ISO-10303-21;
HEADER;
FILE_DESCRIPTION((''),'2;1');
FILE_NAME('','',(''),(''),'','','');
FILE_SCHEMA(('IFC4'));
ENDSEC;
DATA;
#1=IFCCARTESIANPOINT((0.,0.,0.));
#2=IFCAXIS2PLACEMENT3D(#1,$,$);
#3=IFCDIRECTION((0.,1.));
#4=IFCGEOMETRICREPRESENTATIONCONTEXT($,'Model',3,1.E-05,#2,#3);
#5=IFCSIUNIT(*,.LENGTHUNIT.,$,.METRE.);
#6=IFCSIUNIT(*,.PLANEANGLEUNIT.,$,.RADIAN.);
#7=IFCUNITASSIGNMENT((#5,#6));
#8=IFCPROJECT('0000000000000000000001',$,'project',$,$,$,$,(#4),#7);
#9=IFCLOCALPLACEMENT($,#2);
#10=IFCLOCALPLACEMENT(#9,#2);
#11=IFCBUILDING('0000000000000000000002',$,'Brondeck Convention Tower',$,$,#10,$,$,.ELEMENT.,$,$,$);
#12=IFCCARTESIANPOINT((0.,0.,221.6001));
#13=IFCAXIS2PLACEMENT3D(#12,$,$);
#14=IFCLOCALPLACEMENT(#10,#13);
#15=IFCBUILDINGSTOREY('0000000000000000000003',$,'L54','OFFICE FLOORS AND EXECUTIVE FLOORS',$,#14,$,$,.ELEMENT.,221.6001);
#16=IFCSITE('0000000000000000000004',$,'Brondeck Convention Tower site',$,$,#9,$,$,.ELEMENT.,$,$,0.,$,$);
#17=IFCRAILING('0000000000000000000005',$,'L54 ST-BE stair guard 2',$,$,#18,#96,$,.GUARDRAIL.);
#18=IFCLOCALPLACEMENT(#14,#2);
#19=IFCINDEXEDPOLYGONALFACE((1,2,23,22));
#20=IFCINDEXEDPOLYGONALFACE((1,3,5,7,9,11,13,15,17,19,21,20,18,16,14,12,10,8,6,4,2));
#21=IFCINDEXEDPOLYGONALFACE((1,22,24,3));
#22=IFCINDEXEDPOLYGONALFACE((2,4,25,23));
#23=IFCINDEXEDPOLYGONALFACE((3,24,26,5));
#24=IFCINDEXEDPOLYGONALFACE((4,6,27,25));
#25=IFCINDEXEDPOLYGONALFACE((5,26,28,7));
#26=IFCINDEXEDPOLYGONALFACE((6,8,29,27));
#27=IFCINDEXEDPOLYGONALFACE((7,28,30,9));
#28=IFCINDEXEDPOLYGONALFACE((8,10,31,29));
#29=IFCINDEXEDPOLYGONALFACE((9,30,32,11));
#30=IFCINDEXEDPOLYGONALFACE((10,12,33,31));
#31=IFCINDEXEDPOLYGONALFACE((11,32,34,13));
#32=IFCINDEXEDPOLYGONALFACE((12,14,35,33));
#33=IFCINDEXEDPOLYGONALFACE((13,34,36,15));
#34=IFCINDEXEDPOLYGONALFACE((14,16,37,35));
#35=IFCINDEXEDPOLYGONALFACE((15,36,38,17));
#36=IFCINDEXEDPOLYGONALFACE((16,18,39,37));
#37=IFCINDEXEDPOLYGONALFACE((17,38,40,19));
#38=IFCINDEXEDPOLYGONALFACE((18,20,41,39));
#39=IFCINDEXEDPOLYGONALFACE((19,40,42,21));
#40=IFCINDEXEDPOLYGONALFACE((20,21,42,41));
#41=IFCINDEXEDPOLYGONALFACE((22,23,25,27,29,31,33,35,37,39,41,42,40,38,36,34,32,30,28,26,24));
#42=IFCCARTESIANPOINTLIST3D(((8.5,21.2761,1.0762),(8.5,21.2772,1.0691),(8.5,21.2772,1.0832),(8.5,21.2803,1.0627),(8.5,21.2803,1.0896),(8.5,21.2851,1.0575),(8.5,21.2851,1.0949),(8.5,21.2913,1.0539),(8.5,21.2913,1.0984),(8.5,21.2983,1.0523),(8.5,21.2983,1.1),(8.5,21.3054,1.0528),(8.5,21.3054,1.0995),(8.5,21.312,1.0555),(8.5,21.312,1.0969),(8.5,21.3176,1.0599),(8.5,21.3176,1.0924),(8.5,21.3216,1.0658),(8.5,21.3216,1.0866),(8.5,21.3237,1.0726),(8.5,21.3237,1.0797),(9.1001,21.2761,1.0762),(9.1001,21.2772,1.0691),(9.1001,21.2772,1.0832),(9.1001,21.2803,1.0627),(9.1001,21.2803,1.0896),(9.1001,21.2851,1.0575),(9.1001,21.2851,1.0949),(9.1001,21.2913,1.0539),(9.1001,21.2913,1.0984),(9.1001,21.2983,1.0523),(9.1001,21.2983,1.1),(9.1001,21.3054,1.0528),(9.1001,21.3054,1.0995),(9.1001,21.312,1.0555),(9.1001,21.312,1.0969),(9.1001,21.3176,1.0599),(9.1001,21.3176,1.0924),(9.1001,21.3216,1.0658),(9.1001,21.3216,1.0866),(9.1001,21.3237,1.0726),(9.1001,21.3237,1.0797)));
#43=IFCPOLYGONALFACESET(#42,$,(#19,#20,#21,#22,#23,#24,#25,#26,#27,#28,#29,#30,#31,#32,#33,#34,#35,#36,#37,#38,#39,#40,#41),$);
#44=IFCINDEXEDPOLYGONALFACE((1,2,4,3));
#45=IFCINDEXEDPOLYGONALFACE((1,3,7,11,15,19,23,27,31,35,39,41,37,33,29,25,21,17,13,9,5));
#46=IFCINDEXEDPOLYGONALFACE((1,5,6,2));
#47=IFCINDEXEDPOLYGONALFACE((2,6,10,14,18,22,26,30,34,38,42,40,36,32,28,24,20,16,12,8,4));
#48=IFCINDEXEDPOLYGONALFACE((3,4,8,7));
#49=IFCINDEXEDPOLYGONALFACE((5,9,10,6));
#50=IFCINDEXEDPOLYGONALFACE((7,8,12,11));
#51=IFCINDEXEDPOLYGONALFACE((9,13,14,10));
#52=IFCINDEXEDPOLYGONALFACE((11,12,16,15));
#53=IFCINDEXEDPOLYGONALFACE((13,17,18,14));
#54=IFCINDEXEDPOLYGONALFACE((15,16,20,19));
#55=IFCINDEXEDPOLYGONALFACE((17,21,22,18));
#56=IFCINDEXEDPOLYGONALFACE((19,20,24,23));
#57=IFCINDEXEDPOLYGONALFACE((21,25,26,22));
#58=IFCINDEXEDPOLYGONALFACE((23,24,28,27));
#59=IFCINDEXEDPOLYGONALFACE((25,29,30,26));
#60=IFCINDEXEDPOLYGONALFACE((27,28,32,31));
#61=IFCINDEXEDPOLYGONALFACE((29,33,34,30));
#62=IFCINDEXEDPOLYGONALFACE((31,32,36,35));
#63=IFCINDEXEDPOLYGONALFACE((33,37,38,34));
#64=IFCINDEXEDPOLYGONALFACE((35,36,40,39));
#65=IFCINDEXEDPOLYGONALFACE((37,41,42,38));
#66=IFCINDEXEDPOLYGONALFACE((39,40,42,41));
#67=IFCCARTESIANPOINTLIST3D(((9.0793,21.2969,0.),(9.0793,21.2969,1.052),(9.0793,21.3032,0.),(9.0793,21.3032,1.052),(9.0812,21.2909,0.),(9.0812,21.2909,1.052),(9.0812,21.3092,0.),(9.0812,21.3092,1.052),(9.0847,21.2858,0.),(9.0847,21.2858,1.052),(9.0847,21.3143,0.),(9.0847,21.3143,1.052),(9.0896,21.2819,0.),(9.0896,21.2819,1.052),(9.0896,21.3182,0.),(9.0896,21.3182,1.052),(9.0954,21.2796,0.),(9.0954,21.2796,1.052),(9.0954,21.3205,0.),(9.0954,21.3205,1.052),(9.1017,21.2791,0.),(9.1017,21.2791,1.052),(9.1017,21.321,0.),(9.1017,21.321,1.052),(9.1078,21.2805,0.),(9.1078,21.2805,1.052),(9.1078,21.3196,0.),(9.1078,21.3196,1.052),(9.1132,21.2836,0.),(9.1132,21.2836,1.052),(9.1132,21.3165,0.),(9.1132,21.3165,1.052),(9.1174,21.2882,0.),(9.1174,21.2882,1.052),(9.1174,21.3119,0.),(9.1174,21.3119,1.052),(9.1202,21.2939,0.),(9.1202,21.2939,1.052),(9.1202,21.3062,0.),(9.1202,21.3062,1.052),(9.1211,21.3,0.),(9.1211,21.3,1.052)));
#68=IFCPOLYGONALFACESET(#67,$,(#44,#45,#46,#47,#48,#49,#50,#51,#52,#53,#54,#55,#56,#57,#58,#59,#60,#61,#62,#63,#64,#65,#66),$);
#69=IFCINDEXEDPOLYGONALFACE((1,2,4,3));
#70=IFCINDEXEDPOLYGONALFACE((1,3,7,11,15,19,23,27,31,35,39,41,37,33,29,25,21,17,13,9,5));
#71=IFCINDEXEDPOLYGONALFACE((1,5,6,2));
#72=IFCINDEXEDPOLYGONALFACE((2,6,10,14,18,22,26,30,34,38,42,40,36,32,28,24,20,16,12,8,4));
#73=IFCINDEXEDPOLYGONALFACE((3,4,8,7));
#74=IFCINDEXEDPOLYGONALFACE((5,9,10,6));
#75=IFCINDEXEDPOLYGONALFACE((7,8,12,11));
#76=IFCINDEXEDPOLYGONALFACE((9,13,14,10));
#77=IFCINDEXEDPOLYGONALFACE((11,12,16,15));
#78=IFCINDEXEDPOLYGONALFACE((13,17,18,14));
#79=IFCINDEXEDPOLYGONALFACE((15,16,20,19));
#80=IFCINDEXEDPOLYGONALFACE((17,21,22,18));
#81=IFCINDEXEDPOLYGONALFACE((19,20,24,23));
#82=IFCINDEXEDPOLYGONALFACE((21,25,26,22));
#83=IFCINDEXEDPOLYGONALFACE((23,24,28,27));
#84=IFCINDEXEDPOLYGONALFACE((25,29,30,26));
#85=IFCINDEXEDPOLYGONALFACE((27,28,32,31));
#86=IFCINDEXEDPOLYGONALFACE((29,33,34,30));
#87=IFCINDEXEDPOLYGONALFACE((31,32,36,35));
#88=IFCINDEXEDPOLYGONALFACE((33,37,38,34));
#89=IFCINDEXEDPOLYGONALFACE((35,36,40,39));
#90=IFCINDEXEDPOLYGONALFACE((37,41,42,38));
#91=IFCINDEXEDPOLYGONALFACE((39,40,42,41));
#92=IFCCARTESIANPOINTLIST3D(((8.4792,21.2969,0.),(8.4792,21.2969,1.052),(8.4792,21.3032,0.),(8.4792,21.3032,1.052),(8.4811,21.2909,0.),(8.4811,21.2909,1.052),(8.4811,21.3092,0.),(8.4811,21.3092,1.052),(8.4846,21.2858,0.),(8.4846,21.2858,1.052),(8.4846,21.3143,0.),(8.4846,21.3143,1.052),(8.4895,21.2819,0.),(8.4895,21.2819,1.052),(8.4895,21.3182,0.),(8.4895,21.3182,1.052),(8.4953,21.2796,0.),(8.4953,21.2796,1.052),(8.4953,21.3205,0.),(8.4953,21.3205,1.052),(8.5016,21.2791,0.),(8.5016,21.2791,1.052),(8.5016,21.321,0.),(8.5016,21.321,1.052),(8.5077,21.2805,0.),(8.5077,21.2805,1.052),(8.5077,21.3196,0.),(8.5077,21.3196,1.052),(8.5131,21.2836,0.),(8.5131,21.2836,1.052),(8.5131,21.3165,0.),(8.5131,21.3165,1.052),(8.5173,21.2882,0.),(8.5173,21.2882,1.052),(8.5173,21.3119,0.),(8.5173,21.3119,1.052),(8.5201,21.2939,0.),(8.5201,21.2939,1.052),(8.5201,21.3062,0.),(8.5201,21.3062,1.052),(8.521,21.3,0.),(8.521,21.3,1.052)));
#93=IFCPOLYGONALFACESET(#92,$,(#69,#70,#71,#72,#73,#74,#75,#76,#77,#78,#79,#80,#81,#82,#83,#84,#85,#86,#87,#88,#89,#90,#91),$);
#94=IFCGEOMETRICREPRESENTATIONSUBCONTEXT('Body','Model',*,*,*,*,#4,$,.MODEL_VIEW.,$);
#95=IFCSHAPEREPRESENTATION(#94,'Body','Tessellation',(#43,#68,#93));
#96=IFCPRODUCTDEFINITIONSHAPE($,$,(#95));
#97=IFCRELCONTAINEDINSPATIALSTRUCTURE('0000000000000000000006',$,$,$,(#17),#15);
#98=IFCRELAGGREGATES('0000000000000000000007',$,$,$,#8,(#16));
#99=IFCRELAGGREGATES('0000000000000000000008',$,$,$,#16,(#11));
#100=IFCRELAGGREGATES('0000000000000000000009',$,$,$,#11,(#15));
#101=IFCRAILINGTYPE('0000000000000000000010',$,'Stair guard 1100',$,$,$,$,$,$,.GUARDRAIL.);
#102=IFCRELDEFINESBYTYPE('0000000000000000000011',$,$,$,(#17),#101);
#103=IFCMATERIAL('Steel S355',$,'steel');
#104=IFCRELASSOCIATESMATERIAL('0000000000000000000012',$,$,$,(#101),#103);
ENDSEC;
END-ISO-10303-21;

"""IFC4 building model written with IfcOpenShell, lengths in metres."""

from ifc_helpers import new_model, si_unit, direction, frame, origin, origin_2d, place, context, subcontext, project, spatial, circle, extrude, material, type_object, element, save


model = new_model("IFC4")

# Units and contexts
model_context = context("Model", 3, precision=1e-05, world=origin(), true_north=direction((0.0, 1.0)))
body_context = subcontext(model_context, "Body", "Model", "MODEL_VIEW")
ifc_project = project(units=[si_unit("LENGTHUNIT", "METRE"), si_unit("PLANEANGLEUNIT", "RADIAN")], contexts=[model_context])

# Site, building, storey
site_placement = place(None, origin())
site = spatial("IfcSite", under=ifc_project, at=site_placement, Name="Brondeck Convention Tower site", CompositionType="ELEMENT", RefElevation=0.0)
building_placement = place(site_placement, origin())
building = spatial("IfcBuilding", under=site, at=building_placement, Name="Brondeck Convention Tower", CompositionType="ELEMENT")
storey_placement = place(building_placement, frame((0.0, 0.0, 221.6001)))
storey = spatial("IfcBuildingStorey", under=building, at=storey_placement, Name="L54", Description="OFFICE FLOORS AND EXECUTIVE FLOORS", CompositionType="ELEMENT", Elevation=221.6001)

# Railing
ifc_material_1 = material(Name="Steel S355", Category="steel")
railing_type = type_object("IfcRailingType", Name="Stair guard 1100", PredefinedType="GUARDRAIL", material=ifc_material_1)
railing_placement = place(storey_placement, frame((9.1001, 21.3, 0.0)))
element("IfcRailing", 1, at=railing_placement, inside=storey, type_object=railing_type, Name="L54 ST-BE stair guard 2", PredefinedType="GUARDRAIL", context=body_context, shape_type="SweptSolid", body=[
    extrude(circle(Radius=0.0239, at=origin_2d()), frame((0.0, 0.0, 1.0762), z_axis=(-1.0, 0.0, 0.0), x_axis=(0.0, -1.0, 0.0)), (0.0, 0.0, 1.0), 0.6001),
    extrude(circle(Radius=0.021, at=origin_2d()), origin(), (0.0, 0.0, 1.0), 1.052),
    extrude(circle(Radius=0.021, at=origin_2d()), frame((-0.6001, 0.0, 0.0)), (0.0, 0.0, 1.0), 1.052),
])

save(model, "model.ifc")
